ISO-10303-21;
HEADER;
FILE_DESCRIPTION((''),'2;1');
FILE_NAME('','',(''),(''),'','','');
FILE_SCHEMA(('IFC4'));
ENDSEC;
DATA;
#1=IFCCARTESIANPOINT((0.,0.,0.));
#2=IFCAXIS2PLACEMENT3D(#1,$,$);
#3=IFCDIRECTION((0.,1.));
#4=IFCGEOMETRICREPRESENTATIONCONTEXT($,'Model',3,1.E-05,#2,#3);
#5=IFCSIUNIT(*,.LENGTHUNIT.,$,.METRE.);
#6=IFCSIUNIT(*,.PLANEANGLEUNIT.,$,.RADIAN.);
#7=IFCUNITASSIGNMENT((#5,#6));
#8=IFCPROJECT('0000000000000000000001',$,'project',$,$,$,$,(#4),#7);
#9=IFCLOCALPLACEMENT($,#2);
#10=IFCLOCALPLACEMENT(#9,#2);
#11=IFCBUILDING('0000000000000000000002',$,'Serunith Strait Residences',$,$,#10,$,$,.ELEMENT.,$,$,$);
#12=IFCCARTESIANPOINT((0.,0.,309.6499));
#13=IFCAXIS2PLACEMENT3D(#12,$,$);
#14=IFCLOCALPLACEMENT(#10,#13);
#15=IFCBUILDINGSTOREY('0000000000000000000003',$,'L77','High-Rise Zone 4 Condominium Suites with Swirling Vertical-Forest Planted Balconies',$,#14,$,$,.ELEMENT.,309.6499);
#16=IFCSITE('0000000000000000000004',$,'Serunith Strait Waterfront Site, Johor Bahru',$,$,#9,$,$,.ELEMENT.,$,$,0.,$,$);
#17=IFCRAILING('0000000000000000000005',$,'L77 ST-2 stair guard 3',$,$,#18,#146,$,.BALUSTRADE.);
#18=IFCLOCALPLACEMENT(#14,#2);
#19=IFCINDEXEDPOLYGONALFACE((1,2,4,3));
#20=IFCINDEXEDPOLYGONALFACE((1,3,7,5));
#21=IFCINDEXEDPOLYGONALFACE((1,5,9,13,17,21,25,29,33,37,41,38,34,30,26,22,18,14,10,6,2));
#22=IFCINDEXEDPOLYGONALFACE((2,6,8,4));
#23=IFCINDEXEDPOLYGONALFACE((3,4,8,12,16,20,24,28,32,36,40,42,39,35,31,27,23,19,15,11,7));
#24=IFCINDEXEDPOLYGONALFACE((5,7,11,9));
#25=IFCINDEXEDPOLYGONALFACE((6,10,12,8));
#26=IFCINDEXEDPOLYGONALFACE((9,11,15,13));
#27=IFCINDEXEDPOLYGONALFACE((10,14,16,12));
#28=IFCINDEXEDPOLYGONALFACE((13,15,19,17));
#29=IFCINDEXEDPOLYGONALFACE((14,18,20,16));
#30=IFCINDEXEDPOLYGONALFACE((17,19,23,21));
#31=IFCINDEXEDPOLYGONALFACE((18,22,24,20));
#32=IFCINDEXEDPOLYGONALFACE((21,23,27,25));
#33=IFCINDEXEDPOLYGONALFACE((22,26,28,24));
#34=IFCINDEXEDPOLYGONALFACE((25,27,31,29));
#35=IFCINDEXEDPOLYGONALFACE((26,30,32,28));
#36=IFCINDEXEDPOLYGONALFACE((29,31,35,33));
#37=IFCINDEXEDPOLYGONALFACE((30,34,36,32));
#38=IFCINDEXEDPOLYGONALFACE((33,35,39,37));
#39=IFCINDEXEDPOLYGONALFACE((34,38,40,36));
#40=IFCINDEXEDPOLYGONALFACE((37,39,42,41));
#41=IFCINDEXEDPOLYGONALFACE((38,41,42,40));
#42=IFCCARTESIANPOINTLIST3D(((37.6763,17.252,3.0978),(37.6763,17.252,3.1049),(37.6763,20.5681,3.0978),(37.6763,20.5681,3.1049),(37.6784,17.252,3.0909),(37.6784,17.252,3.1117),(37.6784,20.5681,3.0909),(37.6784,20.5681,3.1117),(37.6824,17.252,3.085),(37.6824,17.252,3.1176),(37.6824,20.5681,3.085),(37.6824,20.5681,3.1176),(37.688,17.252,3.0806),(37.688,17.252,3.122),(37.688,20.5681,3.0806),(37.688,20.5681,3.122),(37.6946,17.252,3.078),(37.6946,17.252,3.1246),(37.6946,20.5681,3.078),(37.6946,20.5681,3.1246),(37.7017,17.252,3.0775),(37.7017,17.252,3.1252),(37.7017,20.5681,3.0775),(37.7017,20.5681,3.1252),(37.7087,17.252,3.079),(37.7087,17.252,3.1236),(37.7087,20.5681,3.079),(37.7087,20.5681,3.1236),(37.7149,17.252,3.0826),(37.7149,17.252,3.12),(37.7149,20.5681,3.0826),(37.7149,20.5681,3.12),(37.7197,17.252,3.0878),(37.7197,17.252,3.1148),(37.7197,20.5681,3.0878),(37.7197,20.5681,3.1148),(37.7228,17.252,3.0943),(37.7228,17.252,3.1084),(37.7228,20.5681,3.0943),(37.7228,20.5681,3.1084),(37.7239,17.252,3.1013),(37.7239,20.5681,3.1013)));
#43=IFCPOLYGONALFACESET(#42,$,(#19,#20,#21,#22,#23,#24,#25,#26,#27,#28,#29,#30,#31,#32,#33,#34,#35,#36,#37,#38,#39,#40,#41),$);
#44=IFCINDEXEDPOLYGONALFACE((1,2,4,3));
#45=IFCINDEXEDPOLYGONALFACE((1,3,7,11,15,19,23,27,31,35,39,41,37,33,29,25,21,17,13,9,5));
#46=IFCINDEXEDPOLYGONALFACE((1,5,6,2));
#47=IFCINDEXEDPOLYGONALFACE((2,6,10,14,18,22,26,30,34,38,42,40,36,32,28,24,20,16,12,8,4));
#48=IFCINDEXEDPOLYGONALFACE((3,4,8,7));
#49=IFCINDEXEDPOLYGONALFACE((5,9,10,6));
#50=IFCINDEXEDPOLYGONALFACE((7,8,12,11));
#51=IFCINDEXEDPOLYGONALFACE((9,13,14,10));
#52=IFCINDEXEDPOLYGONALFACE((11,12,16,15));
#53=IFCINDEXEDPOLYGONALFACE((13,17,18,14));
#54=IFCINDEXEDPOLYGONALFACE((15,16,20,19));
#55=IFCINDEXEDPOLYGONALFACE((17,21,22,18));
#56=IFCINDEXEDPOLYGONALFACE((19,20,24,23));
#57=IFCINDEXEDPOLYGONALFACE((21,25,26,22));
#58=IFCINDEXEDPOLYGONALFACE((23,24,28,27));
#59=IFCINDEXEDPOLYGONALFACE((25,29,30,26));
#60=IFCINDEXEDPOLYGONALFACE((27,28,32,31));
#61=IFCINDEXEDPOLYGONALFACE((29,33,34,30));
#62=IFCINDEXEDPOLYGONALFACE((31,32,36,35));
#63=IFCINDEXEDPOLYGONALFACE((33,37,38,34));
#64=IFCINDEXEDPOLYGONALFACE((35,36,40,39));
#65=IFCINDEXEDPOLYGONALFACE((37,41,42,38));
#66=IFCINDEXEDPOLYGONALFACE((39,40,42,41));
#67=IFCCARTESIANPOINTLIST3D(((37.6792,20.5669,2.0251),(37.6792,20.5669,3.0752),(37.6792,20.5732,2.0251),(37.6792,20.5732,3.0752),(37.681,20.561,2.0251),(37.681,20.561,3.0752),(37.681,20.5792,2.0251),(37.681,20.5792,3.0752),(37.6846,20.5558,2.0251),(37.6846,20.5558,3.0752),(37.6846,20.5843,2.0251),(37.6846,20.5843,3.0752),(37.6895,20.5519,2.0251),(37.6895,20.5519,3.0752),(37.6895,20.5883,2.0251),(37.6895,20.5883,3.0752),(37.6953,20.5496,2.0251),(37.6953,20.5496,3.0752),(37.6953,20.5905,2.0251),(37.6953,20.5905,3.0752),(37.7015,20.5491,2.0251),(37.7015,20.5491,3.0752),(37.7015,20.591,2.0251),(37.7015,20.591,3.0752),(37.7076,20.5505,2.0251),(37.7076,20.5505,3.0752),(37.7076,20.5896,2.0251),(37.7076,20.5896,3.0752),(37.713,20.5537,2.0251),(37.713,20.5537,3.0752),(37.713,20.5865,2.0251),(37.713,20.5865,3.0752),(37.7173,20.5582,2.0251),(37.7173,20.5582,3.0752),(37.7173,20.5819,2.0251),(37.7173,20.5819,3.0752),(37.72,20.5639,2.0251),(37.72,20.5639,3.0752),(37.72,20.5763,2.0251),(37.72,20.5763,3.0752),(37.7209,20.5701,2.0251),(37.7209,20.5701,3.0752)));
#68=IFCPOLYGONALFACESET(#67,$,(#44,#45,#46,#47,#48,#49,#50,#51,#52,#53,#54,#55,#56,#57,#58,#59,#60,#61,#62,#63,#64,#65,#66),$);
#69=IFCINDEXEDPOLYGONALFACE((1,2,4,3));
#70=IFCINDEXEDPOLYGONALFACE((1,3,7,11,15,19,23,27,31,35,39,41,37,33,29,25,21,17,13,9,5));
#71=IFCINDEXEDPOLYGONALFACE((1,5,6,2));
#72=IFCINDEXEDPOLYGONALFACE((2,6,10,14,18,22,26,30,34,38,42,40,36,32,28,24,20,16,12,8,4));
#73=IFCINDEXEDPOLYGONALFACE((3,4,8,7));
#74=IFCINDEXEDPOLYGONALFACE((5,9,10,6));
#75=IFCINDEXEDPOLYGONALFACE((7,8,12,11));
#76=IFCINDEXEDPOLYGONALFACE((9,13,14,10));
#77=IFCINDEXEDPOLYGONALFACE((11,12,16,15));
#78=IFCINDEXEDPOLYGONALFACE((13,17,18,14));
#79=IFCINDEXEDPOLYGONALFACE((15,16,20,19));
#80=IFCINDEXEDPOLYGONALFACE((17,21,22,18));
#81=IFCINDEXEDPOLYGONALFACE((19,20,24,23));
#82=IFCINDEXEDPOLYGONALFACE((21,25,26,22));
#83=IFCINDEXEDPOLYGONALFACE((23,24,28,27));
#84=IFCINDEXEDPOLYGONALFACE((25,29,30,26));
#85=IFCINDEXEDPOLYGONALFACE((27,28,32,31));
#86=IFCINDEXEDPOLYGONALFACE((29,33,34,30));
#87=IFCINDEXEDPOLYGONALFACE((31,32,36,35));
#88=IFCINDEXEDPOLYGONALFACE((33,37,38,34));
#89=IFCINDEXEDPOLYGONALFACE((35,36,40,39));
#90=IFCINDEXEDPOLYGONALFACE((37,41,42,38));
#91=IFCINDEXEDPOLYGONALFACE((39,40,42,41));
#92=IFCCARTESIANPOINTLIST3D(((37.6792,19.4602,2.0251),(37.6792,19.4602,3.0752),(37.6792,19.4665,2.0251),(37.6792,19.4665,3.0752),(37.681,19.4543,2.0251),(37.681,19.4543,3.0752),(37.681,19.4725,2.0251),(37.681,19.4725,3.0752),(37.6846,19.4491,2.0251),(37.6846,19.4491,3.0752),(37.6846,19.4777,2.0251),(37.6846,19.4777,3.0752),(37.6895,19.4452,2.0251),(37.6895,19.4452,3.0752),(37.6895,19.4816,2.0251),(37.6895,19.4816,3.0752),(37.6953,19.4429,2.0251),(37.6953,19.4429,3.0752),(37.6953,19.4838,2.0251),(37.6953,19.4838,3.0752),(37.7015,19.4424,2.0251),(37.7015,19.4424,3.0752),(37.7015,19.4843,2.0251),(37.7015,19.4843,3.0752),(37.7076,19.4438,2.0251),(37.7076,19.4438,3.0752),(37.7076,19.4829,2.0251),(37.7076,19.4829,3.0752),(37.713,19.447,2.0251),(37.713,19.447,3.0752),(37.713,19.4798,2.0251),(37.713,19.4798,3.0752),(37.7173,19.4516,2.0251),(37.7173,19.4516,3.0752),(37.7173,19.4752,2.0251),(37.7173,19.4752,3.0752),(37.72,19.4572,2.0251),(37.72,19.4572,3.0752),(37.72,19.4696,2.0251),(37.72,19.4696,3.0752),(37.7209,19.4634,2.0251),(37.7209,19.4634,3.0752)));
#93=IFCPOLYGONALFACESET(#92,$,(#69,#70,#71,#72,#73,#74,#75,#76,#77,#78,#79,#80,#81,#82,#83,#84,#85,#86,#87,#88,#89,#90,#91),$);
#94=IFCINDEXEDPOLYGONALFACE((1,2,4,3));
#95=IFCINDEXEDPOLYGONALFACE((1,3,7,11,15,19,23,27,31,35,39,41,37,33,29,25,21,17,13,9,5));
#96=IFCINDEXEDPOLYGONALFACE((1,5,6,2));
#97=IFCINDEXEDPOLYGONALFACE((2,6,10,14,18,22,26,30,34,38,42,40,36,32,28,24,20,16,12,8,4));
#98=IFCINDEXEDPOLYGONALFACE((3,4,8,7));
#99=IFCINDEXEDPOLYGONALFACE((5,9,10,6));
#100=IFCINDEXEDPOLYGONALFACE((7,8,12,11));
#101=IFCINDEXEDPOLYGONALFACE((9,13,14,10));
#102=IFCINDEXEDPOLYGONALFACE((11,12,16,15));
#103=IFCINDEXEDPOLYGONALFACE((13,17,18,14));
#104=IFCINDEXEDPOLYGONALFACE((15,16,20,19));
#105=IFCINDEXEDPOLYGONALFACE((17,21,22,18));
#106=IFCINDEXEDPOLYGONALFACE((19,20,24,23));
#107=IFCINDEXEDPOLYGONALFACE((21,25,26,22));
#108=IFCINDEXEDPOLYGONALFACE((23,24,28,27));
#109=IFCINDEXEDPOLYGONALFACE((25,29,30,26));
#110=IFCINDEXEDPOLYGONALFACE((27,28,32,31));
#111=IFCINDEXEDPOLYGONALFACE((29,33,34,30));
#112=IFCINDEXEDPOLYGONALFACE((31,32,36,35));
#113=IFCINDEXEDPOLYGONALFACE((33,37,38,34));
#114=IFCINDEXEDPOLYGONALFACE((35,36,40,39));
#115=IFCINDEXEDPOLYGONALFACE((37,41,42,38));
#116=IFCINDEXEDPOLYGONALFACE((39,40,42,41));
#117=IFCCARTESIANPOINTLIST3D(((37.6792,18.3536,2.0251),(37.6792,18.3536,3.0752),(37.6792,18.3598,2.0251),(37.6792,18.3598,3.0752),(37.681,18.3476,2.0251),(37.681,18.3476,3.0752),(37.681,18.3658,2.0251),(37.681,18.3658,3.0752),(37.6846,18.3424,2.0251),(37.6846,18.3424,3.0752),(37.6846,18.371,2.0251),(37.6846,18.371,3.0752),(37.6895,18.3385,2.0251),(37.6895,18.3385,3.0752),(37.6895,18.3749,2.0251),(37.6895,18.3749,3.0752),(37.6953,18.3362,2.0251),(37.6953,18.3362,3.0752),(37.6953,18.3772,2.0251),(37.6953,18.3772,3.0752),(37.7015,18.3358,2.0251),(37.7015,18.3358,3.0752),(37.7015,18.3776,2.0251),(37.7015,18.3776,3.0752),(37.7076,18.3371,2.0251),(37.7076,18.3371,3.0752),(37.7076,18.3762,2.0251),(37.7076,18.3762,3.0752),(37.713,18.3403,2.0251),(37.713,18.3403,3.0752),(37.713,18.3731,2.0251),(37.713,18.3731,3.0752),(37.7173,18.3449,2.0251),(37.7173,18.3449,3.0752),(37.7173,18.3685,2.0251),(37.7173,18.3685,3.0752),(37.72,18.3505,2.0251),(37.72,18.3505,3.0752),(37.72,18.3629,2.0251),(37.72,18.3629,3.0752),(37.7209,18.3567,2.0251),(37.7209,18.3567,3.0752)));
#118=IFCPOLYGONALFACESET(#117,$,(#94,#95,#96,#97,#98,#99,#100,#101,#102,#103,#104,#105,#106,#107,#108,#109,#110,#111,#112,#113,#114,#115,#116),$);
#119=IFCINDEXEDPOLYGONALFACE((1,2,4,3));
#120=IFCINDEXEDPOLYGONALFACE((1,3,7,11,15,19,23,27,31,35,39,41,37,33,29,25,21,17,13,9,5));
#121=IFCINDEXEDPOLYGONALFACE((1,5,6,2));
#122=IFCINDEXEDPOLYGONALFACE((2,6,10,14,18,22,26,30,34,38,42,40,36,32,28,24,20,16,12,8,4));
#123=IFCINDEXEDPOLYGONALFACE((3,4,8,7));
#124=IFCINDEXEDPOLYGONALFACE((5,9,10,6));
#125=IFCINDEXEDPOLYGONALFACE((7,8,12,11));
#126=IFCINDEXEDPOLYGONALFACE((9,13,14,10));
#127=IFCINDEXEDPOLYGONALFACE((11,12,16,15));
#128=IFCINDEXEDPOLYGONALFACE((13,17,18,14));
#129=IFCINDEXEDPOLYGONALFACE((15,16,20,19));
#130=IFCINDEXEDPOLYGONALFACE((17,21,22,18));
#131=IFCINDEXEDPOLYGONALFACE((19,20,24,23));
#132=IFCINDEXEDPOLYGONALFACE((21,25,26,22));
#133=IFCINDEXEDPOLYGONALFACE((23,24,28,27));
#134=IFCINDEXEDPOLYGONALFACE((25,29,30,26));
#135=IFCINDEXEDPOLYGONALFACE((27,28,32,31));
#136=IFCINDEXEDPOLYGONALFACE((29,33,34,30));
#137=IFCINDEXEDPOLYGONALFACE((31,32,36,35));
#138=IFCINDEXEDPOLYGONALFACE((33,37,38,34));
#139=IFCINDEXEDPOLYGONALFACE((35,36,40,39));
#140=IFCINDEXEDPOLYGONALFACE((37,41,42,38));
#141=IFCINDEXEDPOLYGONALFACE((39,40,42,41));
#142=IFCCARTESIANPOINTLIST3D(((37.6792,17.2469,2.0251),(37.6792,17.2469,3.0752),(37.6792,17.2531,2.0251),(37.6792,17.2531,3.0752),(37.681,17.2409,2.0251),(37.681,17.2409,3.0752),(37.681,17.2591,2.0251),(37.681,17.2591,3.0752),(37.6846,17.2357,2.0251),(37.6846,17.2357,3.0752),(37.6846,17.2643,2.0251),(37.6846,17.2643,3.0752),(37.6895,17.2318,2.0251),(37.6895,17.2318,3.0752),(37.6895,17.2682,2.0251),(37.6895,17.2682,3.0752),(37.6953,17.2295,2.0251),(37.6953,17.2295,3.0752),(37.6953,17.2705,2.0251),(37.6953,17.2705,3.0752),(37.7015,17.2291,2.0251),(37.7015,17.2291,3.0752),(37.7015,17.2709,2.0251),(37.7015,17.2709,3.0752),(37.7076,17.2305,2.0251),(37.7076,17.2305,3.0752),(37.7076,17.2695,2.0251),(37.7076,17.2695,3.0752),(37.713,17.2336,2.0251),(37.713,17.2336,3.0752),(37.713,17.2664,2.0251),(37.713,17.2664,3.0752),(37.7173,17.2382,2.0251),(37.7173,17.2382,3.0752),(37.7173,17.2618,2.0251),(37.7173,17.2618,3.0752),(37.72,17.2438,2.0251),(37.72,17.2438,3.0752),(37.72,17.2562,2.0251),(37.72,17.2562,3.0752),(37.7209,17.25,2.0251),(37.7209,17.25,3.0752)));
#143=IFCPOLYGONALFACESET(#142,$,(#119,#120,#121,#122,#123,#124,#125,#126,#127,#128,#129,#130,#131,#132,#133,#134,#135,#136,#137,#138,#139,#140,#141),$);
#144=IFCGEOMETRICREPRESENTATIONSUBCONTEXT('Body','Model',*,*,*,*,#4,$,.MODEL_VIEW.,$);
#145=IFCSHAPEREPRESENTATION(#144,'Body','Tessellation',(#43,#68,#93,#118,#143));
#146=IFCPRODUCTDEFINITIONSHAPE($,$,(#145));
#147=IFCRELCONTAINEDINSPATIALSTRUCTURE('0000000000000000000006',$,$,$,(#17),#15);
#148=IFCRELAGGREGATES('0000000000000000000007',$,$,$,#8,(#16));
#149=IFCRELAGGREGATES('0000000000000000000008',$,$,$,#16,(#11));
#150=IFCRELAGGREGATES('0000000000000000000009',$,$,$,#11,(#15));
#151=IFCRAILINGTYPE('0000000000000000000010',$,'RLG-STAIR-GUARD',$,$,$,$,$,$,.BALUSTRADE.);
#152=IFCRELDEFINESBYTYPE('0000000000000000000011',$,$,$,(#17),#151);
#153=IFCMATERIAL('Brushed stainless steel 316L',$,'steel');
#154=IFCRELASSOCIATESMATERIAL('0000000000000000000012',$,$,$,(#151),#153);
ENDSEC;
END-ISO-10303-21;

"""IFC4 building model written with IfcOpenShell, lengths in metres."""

from ifc_helpers import new_model, si_unit, direction, frame, origin, origin_2d, place, context, subcontext, project, spatial, circle, extrude, material, type_object, element, save


model = new_model("IFC4")

# Units and contexts
model_context = context("Model", 3, precision=1e-05, world=origin(), true_north=direction((0.0, 1.0)))
body_context = subcontext(model_context, "Body", "Model", "MODEL_VIEW")
ifc_project = project(units=[si_unit("LENGTHUNIT", "METRE"), si_unit("PLANEANGLEUNIT", "RADIAN")], contexts=[model_context])

# Site, building, storey
site_placement = place(None, origin())
site = spatial("IfcSite", under=ifc_project, at=site_placement, Name="Serunith Strait Waterfront Site, Johor Bahru", CompositionType="ELEMENT", RefElevation=0.0)
building_placement = place(site_placement, origin())
building = spatial("IfcBuilding", under=site, at=building_placement, Name="Serunith Strait Residences", CompositionType="ELEMENT")
storey_placement = place(building_placement, frame((0.0, 0.0, 309.6499)))
storey = spatial("IfcBuildingStorey", under=building, at=storey_placement, Name="L77", Description="High-Rise Zone 4 Condominium Suites with Swirling Vertical-Forest Planted Balconies", CompositionType="ELEMENT", Elevation=309.6499)

# Railing
ifc_material_1 = material(Name="Brushed stainless steel 316L", Category="steel")
railing_type_1 = type_object("IfcRailingType", Name="RLG-STAIR-GUARD", PredefinedType="BALUSTRADE", material=ifc_material_1)
for number, where, name in (
    (1, (37.7, 20.5701, 2.0251), "L77 ST-2 stair guard 3"),
):
    element("IfcRailing", number, at=place(storey_placement, frame(where)), inside=storey, type_object=railing_type_1, Name=name, PredefinedType="BALUSTRADE", context=body_context, shape_type="SweptSolid", body=[
        extrude(circle(Radius=0.0239, at=origin_2d()), frame((0.0, -0.002, 1.0762), z_axis=(0.0, -1.0, 0.0), x_axis=(1.0, 0.0, 0.0)), (0.0, 0.0, 1.0), 3.3162),
        extrude(circle(Radius=0.021, at=origin_2d()), origin(), (0.0, 0.0, 1.0), 1.05),
        extrude(circle(Radius=0.021, at=origin_2d()), frame((0.0, -1.1067, 0.0)), (0.0, 0.0, 1.0), 1.05),
        extrude(circle(Radius=0.021, at=origin_2d()), frame((0.0, -2.2134, 0.0)), (0.0, 0.0, 1.0), 1.05),
        extrude(circle(Radius=0.021, at=origin_2d()), frame((0.0, -3.3201, 0.0)), (0.0, 0.0, 1.0), 1.05),
    ])

save(model, "model.ifc")
